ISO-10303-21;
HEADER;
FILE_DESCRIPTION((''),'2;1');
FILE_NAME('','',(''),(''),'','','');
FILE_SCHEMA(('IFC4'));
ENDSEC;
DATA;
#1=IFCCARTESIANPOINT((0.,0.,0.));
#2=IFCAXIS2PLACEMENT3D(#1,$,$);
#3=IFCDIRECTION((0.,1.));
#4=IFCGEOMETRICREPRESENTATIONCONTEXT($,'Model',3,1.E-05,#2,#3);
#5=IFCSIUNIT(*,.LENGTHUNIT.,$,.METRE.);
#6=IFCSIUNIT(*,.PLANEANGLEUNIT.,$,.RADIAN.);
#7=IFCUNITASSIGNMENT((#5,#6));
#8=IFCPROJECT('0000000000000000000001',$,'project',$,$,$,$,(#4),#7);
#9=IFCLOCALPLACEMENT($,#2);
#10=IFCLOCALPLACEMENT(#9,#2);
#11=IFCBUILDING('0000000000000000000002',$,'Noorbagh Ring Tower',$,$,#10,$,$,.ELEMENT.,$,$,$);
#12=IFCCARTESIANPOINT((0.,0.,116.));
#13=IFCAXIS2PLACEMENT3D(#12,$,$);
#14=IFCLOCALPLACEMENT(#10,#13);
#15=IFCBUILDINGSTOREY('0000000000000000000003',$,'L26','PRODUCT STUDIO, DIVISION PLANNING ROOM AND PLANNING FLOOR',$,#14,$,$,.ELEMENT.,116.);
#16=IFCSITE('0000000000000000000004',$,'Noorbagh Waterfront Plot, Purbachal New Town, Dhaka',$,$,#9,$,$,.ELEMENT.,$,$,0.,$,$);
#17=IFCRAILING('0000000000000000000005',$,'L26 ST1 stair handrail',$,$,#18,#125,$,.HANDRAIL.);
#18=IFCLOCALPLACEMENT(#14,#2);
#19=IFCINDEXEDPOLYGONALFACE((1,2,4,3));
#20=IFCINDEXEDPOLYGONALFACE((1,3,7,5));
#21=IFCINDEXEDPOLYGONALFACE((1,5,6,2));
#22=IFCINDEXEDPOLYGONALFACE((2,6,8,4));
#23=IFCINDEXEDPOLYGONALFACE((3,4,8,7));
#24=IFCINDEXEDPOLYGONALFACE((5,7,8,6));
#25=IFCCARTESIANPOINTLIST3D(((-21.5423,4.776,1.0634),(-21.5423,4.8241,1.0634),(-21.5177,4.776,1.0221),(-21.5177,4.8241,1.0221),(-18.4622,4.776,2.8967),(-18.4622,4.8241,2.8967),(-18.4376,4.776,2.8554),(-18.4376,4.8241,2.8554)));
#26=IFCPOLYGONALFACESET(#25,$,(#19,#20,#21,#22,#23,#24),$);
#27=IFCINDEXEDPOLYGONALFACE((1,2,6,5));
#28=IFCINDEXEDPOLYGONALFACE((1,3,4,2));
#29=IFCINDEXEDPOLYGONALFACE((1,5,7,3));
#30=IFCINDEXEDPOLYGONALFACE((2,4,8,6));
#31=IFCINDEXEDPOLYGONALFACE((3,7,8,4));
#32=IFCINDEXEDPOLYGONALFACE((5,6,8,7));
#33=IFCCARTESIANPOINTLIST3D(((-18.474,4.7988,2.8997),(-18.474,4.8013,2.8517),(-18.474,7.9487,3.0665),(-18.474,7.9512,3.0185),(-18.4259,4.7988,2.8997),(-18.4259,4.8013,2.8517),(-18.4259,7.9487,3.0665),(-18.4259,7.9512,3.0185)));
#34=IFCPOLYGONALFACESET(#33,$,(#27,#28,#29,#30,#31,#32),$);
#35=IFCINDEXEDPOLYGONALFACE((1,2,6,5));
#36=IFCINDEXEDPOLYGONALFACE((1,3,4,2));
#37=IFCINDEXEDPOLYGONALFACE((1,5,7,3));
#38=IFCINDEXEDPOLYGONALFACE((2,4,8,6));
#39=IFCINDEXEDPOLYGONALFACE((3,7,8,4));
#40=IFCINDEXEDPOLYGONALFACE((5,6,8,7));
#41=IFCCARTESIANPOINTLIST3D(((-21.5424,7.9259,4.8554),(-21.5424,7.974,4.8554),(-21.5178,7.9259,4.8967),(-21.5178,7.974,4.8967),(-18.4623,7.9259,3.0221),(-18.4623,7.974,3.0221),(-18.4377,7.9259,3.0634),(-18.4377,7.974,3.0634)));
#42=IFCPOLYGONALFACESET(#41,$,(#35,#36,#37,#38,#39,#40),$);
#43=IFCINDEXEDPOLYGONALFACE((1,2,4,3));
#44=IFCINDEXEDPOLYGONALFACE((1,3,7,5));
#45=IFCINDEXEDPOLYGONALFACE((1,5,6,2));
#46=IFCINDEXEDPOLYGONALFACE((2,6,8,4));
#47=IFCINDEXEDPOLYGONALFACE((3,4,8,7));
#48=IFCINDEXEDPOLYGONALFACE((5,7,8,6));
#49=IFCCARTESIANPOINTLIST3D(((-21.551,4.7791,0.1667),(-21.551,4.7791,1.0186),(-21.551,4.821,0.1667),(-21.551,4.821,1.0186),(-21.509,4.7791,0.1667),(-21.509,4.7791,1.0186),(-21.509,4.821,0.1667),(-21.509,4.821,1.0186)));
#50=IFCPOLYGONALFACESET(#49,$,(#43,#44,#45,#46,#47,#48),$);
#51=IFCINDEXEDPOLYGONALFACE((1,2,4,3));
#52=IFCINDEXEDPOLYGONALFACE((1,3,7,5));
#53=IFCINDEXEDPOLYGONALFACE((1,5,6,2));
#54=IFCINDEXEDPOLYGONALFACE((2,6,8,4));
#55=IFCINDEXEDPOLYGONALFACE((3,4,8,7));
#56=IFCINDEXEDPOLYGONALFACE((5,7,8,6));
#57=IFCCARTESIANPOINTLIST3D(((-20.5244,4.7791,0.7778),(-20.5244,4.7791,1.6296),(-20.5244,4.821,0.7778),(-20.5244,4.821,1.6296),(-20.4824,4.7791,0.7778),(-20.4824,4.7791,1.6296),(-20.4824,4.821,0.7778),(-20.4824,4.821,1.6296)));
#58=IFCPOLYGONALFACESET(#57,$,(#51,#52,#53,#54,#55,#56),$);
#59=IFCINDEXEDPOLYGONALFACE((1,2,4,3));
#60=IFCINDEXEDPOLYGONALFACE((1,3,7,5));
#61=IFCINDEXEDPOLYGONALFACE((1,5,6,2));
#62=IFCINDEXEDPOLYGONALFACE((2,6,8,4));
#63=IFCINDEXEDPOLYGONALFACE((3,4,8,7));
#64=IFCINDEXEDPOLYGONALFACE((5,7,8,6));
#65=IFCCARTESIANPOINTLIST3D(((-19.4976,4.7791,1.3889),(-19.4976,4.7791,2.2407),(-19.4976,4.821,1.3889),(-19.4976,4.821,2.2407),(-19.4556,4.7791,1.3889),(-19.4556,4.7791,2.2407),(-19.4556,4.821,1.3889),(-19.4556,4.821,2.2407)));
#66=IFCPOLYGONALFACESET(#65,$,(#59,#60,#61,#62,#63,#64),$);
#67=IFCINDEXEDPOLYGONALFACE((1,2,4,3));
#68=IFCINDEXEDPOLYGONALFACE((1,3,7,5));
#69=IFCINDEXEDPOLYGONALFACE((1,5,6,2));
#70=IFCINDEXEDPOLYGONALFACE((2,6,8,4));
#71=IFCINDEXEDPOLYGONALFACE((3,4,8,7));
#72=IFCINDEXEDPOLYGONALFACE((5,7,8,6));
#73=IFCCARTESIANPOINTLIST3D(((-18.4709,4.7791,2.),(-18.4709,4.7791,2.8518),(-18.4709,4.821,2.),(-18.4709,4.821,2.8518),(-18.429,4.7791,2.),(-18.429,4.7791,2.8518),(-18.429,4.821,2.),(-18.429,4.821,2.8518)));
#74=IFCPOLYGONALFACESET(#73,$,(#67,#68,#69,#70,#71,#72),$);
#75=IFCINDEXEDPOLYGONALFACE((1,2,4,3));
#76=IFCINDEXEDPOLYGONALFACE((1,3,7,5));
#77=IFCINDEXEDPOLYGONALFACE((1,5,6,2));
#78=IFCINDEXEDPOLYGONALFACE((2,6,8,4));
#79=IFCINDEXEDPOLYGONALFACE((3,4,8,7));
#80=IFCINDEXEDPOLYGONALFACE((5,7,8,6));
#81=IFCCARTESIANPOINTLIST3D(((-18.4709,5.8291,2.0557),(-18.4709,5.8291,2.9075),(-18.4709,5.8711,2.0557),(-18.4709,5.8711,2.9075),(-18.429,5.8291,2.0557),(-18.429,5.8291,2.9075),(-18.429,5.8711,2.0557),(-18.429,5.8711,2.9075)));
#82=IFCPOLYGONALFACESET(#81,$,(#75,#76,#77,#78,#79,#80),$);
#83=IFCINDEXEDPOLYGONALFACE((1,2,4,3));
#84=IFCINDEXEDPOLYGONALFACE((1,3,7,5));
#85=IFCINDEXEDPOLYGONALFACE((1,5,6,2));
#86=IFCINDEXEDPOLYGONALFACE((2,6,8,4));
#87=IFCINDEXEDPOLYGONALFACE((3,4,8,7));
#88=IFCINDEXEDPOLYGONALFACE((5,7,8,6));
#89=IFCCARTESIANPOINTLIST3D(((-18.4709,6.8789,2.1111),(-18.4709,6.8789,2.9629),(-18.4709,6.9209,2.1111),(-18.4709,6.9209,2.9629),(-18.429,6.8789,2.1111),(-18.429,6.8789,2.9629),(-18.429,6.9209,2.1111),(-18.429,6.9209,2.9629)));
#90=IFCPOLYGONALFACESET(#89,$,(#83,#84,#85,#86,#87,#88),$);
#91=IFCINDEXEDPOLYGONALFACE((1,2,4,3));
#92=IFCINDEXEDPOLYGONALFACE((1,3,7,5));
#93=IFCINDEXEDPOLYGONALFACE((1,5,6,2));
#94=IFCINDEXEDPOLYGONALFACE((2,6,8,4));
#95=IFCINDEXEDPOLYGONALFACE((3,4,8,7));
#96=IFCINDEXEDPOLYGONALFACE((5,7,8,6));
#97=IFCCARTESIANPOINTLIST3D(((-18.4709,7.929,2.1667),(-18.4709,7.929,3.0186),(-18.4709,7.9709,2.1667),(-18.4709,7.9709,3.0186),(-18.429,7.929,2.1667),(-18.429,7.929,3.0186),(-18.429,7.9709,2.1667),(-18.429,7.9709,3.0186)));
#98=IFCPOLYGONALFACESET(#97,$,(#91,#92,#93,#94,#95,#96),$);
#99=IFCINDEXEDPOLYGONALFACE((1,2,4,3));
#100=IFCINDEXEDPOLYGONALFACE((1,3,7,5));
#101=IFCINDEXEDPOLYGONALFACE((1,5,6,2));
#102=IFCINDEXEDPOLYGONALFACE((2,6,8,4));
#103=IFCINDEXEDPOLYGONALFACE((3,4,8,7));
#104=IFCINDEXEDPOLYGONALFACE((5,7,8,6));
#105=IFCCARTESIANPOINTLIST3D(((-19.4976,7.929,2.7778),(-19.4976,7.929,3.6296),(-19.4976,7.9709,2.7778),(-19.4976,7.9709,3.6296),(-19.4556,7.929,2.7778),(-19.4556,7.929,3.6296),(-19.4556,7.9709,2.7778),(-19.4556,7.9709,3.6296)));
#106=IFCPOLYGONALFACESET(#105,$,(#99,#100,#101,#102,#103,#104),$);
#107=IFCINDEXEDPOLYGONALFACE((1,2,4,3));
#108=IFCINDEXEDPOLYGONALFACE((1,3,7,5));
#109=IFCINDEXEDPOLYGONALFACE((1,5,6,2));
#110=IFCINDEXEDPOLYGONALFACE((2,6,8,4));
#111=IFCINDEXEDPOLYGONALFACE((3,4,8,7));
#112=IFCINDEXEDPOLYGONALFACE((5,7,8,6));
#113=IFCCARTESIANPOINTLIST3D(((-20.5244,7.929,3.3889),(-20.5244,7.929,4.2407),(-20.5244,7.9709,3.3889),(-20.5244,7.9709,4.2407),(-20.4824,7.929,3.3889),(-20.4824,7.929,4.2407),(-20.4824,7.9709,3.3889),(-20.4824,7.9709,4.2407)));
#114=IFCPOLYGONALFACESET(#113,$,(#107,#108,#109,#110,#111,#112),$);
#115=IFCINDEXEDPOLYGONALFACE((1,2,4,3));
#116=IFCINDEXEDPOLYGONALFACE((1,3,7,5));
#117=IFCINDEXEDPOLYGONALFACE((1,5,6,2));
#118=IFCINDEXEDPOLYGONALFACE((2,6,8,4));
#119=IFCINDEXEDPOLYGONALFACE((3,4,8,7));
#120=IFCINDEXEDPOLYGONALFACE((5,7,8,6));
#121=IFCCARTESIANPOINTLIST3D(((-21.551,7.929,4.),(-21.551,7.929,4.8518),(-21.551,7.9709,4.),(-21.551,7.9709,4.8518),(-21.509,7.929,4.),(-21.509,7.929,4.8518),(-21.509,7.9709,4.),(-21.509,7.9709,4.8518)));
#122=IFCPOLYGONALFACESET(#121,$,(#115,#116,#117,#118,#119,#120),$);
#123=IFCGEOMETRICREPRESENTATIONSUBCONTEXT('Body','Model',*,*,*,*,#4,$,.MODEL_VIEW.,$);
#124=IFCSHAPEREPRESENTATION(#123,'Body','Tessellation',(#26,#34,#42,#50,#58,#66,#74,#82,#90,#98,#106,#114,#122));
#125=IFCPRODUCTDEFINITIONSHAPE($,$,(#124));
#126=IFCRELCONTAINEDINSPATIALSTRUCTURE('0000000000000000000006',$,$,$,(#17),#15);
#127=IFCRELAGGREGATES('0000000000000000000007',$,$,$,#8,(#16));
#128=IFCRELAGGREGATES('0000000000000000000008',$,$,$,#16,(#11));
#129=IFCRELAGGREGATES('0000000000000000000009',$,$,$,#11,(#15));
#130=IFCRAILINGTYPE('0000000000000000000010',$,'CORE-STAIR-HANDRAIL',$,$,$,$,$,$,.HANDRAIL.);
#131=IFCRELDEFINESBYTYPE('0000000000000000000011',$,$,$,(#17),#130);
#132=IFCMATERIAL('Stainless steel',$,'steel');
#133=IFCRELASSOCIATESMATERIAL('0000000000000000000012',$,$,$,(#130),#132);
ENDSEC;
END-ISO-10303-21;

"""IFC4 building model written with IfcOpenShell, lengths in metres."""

from ifc_helpers import new_model, si_unit, direction, frame, origin, origin_2d, place, context, subcontext, project, spatial, rectangle, extrude, material, type_object, element, save


model = new_model("IFC4")

# Units and contexts
model_context = context("Model", 3, precision=1e-05, world=origin(), true_north=direction((0.0, 1.0)))
body_context = subcontext(model_context, "Body", "Model", "MODEL_VIEW")
ifc_project = project(units=[si_unit("LENGTHUNIT", "METRE"), si_unit("PLANEANGLEUNIT", "RADIAN")], contexts=[model_context])

# Site, building, storey
site_placement = place(None, origin())
site = spatial("IfcSite", under=ifc_project, at=site_placement, Name="Noorbagh Waterfront Plot, Purbachal New Town, Dhaka", CompositionType="ELEMENT", RefElevation=0.0)
building_placement = place(site_placement, origin())
building = spatial("IfcBuilding", under=site, at=building_placement, Name="Noorbagh Ring Tower", CompositionType="ELEMENT")
storey_placement = place(building_placement, frame((0.0, 0.0, 116.0)))
storey = spatial("IfcBuildingStorey", under=building, at=storey_placement, Name="L26", Description="PRODUCT STUDIO, DIVISION PLANNING ROOM AND PLANNING FLOOR", CompositionType="ELEMENT", Elevation=116.0)

# Railing
ifc_material_1 = material(Name="Stainless steel", Category="steel")
railing_type_1 = type_object("IfcRailingType", Name="CORE-STAIR-HANDRAIL", PredefinedType="HANDRAIL", material=ifc_material_1)
railing_1_placement = place(storey_placement, frame((-21.53, 4.8, 0.1667)))
element("IfcRailing", 1, at=railing_1_placement, inside=storey, type_object=railing_type_1, Name="L26 ST1 stair handrail", PredefinedType="HANDRAIL", context=body_context, shape_type="SweptSolid", body=[
    extrude(rectangle(XDim=0.0481, YDim=0.0481, at=origin_2d()), frame((0.0, 0.0, 0.876), z_axis=(0.859309, 0.0, 0.511458), x_axis=(0.0, 1.0, 0.0)), (0.0, 0.0, 1.0), 3.5845),
    extrude(rectangle(XDim=0.0481, YDim=0.0481, at=origin_2d()), frame((3.0801, 0.0, 2.709), z_axis=(0.0, 0.998602, 0.052864), x_axis=(-1.0, 0.0, 0.0)), (0.0, 0.0, 1.0), 3.1543),
    extrude(rectangle(XDim=0.0481, YDim=0.0481, at=origin_2d()), frame((3.0801, 3.1499, 2.876), z_axis=(-0.859309, 0.0, 0.511458), x_axis=(0.0, -1.0, 0.0)), (0.0, 0.0, 1.0), 3.5845),
    extrude(rectangle(XDim=0.042, YDim=0.042, at=origin_2d()), origin(), (0.0, 0.0, 1.0), 0.8518),
    extrude(rectangle(XDim=0.042, YDim=0.042, at=origin_2d()), frame((1.0266, 0.0, 0.6111)), (0.0, 0.0, 1.0), 0.8518),
    extrude(rectangle(XDim=0.042, YDim=0.042, at=origin_2d()), frame((2.0535, 0.0, 1.2222)), (0.0, 0.0, 1.0), 0.8518),
    extrude(rectangle(XDim=0.042, YDim=0.042, at=origin_2d()), frame((3.0801, 0.0, 1.8333)), (0.0, 0.0, 1.0), 0.8518),
    extrude(rectangle(XDim=0.042, YDim=0.042, at=origin_2d()), frame((3.0801, 1.05, 1.8889)), (0.0, 0.0, 1.0), 0.8518),
    extrude(rectangle(XDim=0.042, YDim=0.042, at=origin_2d()), frame((3.0801, 2.0999, 1.9443)), (0.0, 0.0, 1.0), 0.8518),
    extrude(rectangle(XDim=0.042, YDim=0.042, at=origin_2d()), frame((3.0801, 3.1499, 2.0)), (0.0, 0.0, 1.0), 0.8518),
    extrude(rectangle(XDim=0.042, YDim=0.042, at=origin_2d()), frame((2.0535, 3.1499, 2.6111)), (0.0, 0.0, 1.0), 0.8518),
    extrude(rectangle(XDim=0.042, YDim=0.042, at=origin_2d()), frame((1.0266, 3.1499, 3.2222)), (0.0, 0.0, 1.0), 0.8518),
    extrude(rectangle(XDim=0.042, YDim=0.042, at=origin_2d()), frame((0.0, 3.1499, 3.8333)), (0.0, 0.0, 1.0), 0.8518),
])

save(model, "model.ifc")
